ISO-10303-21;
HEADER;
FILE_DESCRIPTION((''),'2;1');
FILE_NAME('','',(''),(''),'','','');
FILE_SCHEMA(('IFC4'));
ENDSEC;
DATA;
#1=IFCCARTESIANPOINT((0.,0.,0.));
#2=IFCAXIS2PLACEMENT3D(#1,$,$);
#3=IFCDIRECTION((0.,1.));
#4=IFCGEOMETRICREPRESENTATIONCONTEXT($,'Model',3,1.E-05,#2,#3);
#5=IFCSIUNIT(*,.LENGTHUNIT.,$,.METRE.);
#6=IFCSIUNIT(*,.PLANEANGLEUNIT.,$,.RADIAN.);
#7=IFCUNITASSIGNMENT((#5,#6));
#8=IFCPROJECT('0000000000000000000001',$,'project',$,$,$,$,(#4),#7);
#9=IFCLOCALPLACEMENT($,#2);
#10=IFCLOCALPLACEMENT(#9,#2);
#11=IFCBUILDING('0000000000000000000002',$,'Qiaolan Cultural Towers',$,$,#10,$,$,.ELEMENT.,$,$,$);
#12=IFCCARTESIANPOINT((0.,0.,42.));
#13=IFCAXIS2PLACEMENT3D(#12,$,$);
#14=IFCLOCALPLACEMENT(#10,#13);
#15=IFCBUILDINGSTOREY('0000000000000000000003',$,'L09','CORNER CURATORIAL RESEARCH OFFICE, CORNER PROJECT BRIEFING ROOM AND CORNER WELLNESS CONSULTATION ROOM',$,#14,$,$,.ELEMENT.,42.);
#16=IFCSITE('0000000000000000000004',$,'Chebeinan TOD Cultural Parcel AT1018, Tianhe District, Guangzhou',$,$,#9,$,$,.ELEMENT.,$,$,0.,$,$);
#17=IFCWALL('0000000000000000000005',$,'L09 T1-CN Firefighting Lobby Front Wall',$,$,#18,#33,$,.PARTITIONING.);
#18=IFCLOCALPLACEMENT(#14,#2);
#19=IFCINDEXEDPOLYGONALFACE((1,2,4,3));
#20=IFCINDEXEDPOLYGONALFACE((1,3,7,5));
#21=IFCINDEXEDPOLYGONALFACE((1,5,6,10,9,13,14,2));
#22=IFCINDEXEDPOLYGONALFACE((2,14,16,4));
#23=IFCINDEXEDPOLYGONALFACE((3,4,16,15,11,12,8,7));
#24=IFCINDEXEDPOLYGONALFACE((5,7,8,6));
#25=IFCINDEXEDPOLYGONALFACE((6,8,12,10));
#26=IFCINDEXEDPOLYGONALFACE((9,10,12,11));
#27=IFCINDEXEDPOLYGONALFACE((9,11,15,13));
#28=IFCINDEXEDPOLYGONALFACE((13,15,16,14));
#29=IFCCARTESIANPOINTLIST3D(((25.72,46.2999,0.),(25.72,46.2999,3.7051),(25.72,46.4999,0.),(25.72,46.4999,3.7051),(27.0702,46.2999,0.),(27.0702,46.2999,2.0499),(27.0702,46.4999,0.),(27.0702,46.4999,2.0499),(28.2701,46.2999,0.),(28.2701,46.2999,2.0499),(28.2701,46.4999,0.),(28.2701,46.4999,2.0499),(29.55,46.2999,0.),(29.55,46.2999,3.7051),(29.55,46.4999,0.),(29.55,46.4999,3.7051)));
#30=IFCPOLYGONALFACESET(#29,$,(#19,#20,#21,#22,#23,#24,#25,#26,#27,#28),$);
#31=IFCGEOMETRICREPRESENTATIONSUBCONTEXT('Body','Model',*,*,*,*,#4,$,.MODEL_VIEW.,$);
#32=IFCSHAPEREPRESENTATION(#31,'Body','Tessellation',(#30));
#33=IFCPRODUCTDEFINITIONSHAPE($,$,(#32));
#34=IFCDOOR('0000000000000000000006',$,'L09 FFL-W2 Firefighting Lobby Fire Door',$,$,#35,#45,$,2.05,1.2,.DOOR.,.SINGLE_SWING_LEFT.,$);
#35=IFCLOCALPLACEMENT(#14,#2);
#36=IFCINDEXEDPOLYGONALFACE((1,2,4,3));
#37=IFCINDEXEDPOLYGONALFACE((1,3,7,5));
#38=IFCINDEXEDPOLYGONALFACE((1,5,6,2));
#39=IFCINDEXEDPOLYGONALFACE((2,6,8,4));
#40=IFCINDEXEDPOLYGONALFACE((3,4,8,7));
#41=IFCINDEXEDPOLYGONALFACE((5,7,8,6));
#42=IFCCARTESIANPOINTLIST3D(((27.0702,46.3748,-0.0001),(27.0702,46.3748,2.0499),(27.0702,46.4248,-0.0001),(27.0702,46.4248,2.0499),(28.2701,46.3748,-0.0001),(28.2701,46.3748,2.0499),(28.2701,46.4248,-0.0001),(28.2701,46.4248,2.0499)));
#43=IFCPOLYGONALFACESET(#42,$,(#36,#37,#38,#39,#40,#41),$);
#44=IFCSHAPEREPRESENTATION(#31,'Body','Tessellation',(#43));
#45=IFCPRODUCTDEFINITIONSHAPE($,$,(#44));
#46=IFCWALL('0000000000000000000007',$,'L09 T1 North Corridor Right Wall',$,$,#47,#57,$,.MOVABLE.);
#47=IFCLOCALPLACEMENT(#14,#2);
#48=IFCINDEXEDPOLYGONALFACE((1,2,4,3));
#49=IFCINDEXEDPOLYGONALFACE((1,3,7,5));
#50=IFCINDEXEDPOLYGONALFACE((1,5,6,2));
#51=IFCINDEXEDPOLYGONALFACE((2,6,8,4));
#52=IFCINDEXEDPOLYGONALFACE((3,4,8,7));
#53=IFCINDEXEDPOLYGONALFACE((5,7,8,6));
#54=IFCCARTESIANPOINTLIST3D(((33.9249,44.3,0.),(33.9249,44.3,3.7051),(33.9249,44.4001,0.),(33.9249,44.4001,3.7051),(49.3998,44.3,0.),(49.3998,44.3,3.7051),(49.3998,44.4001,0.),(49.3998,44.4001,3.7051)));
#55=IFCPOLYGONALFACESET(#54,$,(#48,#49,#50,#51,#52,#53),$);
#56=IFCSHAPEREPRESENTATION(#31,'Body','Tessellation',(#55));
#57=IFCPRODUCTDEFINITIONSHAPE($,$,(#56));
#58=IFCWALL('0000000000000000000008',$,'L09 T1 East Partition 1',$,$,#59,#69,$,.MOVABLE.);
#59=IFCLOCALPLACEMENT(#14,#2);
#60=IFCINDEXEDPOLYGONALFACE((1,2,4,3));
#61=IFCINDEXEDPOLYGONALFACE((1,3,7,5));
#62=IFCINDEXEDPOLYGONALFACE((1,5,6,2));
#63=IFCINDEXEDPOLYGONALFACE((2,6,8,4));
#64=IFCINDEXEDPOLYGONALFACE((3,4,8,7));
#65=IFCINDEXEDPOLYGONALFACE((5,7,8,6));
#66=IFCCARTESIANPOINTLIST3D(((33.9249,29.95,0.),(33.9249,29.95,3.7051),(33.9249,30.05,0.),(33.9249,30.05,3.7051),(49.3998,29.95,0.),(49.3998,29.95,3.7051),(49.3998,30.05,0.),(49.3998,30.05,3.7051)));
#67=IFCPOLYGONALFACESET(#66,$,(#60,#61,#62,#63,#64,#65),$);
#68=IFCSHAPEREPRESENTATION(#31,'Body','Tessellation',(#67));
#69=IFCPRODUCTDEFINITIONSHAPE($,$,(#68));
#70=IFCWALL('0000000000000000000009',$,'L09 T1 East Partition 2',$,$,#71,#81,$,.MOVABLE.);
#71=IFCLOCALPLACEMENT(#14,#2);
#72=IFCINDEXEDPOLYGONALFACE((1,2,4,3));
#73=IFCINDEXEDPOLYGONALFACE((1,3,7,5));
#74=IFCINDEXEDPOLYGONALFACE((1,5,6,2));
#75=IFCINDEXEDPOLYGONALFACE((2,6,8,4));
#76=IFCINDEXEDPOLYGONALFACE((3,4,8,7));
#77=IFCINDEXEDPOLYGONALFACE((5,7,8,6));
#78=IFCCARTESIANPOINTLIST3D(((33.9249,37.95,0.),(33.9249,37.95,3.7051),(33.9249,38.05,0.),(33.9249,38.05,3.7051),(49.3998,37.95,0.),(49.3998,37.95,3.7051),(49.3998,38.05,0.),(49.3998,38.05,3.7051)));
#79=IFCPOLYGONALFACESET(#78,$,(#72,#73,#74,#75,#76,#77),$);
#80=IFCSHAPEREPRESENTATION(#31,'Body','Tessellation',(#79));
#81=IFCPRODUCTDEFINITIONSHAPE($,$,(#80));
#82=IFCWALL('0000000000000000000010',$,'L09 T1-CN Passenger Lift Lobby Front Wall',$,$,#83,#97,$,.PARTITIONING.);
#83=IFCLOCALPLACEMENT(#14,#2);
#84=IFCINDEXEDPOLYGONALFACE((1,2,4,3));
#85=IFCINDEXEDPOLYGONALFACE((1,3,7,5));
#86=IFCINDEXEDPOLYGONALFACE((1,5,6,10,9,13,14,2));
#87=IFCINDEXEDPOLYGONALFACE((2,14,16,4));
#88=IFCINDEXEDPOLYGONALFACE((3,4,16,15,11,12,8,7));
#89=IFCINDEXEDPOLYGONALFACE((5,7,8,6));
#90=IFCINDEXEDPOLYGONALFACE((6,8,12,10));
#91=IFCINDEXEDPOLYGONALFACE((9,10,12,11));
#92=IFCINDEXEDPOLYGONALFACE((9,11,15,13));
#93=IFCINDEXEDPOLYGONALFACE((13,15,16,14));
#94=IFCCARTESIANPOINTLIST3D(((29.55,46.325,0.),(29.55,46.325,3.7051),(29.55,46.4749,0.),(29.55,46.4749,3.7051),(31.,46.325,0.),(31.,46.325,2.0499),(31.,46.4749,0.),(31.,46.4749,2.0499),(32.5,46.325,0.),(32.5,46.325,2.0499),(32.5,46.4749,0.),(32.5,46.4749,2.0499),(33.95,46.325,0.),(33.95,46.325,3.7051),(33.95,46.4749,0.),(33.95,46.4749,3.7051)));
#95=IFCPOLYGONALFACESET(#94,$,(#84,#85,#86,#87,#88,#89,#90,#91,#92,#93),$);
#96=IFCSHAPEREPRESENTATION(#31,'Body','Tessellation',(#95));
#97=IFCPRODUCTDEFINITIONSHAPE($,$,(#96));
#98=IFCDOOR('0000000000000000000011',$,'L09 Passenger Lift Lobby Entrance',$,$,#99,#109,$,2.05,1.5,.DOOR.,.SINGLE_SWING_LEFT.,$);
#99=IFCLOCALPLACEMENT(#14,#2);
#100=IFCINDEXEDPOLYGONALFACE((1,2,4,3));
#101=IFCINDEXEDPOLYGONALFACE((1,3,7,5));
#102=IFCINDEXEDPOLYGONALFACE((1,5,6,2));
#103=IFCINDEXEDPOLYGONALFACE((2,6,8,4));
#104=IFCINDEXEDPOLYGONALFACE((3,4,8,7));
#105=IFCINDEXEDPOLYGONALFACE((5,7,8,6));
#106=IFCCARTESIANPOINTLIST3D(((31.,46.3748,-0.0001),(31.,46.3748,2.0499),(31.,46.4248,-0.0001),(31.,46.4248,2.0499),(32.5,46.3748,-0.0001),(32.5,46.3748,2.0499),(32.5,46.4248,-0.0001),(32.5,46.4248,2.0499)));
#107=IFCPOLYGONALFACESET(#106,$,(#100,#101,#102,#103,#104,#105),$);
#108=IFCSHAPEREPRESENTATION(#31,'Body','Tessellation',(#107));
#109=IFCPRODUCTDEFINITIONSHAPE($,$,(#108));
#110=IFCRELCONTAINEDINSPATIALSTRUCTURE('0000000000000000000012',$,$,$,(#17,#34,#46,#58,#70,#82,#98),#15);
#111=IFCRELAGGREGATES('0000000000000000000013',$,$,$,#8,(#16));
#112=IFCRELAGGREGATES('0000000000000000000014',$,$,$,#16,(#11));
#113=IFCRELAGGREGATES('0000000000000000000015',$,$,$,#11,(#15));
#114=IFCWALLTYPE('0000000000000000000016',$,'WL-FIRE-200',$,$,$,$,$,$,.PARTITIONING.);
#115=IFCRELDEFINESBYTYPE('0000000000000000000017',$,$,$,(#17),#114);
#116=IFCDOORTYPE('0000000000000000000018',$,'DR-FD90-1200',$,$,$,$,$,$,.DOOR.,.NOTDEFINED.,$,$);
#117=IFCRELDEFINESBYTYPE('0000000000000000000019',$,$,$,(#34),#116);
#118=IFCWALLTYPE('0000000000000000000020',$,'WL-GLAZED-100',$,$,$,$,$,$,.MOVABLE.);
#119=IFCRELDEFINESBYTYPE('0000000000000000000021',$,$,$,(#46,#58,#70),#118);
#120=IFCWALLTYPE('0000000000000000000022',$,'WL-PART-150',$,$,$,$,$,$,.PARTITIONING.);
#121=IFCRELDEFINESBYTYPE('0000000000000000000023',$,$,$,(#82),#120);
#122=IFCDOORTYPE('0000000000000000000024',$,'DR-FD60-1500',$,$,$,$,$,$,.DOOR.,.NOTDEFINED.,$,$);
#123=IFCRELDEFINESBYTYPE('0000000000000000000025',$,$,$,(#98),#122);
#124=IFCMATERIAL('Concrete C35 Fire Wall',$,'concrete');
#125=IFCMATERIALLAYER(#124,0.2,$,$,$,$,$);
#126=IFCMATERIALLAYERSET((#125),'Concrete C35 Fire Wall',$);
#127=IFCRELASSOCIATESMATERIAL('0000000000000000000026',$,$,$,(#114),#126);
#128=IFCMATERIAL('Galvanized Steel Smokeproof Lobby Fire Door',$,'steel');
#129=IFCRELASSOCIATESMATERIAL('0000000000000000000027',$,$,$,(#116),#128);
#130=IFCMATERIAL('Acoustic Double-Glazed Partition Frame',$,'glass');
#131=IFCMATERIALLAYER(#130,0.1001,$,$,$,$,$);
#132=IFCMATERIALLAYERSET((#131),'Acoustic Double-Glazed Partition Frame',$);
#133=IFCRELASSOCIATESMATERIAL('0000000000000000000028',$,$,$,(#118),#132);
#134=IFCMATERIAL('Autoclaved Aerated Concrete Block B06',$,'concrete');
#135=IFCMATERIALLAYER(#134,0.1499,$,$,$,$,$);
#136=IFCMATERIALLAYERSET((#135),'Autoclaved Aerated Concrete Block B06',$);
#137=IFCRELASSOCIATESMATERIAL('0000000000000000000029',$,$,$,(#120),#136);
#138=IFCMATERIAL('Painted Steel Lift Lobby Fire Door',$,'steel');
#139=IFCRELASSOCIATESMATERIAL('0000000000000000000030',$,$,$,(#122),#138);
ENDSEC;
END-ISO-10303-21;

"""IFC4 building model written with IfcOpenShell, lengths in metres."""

from ifc_helpers import new_model, si_unit, direction, frame, frame_2d, origin, place, context, subcontext, project, spatial, rectangle, extrude, material, layer, layer_set, type_object, element, fill, save


model = new_model("IFC4")

# Units and contexts
model_context = context("Model", 3, precision=1e-05, world=origin(), true_north=direction((0.0, 1.0)))
body_context = subcontext(model_context, "Body", "Model", "MODEL_VIEW")
ifc_project = project(units=[si_unit("LENGTHUNIT", "METRE"), si_unit("PLANEANGLEUNIT", "RADIAN")], contexts=[model_context])

# Site, building, storey
site_placement = place(None, origin())
site = spatial("IfcSite", under=ifc_project, at=site_placement, Name="Chebeinan TOD Cultural Parcel AT1018, Tianhe District, Guangzhou", CompositionType="ELEMENT", RefElevation=0.0)
building_placement = place(site_placement, origin())
building = spatial("IfcBuilding", under=site, at=building_placement, Name="Qiaolan Cultural Towers", CompositionType="ELEMENT")
storey_placement = place(building_placement, frame((0.0, 0.0, 42.0)))
storey = spatial("IfcBuildingStorey", under=building, at=storey_placement, Name="L09", Description="CORNER CURATORIAL RESEARCH OFFICE, CORNER PROJECT BRIEFING ROOM AND CORNER WELLNESS CONSULTATION ROOM", CompositionType="ELEMENT", Elevation=42.0)

# Shared definitions
ifc_material_1 = material(Name="Concrete C35 Fire Wall", Category="concrete")
ifc_layer_1 = layer(ifc_material_1, 0.2)
ifc_layer_set_1 = layer_set([ifc_layer_1], Name="Concrete C35 Fire Wall")
wall_type_1 = type_object("IfcWallType", Name="WL-FIRE-200", PredefinedType="PARTITIONING", material=ifc_layer_set_1)

# Wall, opening, door
wall_1_placement = place(storey_placement, frame((25.72, 46.3999, 0.0), z_axis=(0.0, 0.0, 1.0), x_axis=(1.0, 0.0, 0.0)))
wall_1 = element("IfcWall", 1, at=wall_1_placement, inside=storey, type_object=wall_type_1, Name="L09 T1-CN Firefighting Lobby Front Wall", PredefinedType="PARTITIONING", context=body_context, shape_type="SweptSolid", body=[
    extrude(rectangle(XDim=3.8301, YDim=0.2, at=frame_2d((1.915, 0.0))), origin(), (0.0, 0.0, 1.0), 3.7051),
])
opening_1_placement = place(wall_1_placement, frame((1.3501, 0.0, 0.0)))
opening_1 = element("IfcOpeningElement", 2, at=opening_1_placement, cuts=wall_1, PredefinedType="OPENING", context=body_context, shape_type="SweptSolid", body=[
    extrude(rectangle(XDim=1.2, YDim=2.05, at=frame_2d((0.6001, 1.0249))), frame((0.0, 0.1099, 0.0), z_axis=(0.0, -1.0, 0.0), x_axis=(1.0, 0.0, 0.0)), (0.0, 0.0, 1.0), 0.22),
])
ifc_material_2 = material(Name="Galvanized Steel Smokeproof Lobby Fire Door", Category="steel")
door_type_1 = type_object("IfcDoorType", Name="DR-FD90-1200", OperationType="NOTDEFINED", PredefinedType="DOOR", material=ifc_material_2)
door_1_placement = place(opening_1_placement, origin())
door_1 = element("IfcDoor", 3, at=door_1_placement, inside=storey, type_object=door_type_1, Name="L09 FFL-W2 Firefighting Lobby Fire Door", OperationType="SINGLE_SWING_LEFT", OverallHeight=2.05, OverallWidth=1.2, PredefinedType="DOOR", context=body_context, shape_type="SweptSolid", body=[
    extrude(rectangle(XDim=1.2, YDim=2.05, at=frame_2d((0.6001, 1.0249))), frame((0.0, 0.0249, 0.0), z_axis=(0.0, -1.0, 0.0), x_axis=(1.0, 0.0, 0.0)), (0.0, 0.0, 1.0), 0.05),
])
fill(opening_1, door_1)

# Walls
ifc_material_3 = material(Name="Acoustic Double-Glazed Partition Frame", Category="glass")
ifc_layer_2 = layer(ifc_material_3, 0.1001)
ifc_layer_set_2 = layer_set([ifc_layer_2], Name="Acoustic Double-Glazed Partition Frame")
wall_type_2 = type_object("IfcWallType", Name="WL-GLAZED-100", PredefinedType="MOVABLE", material=ifc_layer_set_2)
for number, where, z_axis, x_axis, name in (
    (4, (33.925, 44.3501, 0.0), (0.0, 0.0, 1.0), (1.0, 0.0, 0.0), "L09 T1 North Corridor Right Wall"),
    (5, (33.925, 30.0, 0.0), (0.0, 0.0, 1.0), (1.0, 0.0, 0.0), "L09 T1 East Partition 1"),
    (6, (33.925, 38.0, 0.0), (0.0, 0.0, 1.0), (1.0, 0.0, 0.0), "L09 T1 East Partition 2"),
):
    element("IfcWall", number, at=place(storey_placement, frame(where, z_axis=z_axis, x_axis=x_axis)), inside=storey, type_object=wall_type_2, Name=name, PredefinedType="MOVABLE", context=body_context, shape_type="SweptSolid", body=[
        extrude(rectangle(XDim=15.4749, YDim=0.1001, at=frame_2d((7.7373, 0.0))), origin(), (0.0, 0.0, 1.0), 3.7051),
    ])

# Wall, opening, door
ifc_material_4 = material(Name="Autoclaved Aerated Concrete Block B06", Category="concrete")
ifc_layer_3 = layer(ifc_material_4, 0.1499)
ifc_layer_set_3 = layer_set([ifc_layer_3], Name="Autoclaved Aerated Concrete Block B06")
wall_type_3 = type_object("IfcWallType", Name="WL-PART-150", PredefinedType="PARTITIONING", material=ifc_layer_set_3)
wall_2_placement = place(storey_placement, frame((29.55, 46.3999, 0.0), z_axis=(0.0, 0.0, 1.0), x_axis=(1.0, 0.0, 0.0)))
wall_2 = element("IfcWall", 7, at=wall_2_placement, inside=storey, type_object=wall_type_3, Name="L09 T1-CN Passenger Lift Lobby Front Wall", PredefinedType="PARTITIONING", context=body_context, shape_type="SweptSolid", body=[
    extrude(rectangle(XDim=4.3999, YDim=0.1499, at=frame_2d((2.2, 0.0))), origin(), (0.0, 0.0, 1.0), 3.7051),
])
opening_2_placement = place(wall_2_placement, frame((1.45, 0.0, 0.0)))
opening_2 = element("IfcOpeningElement", 8, at=opening_2_placement, cuts=wall_2, PredefinedType="OPENING", context=body_context, shape_type="SweptSolid", body=[
    extrude(rectangle(XDim=1.5, YDim=2.05, at=frame_2d((0.75, 1.0249))), frame((0.0, 0.085, 0.0), z_axis=(0.0, -1.0, 0.0), x_axis=(1.0, 0.0, 0.0)), (0.0, 0.0, 1.0), 0.1699),
])
ifc_material_5 = material(Name="Painted Steel Lift Lobby Fire Door", Category="steel")
door_type_2 = type_object("IfcDoorType", Name="DR-FD60-1500", OperationType="NOTDEFINED", PredefinedType="DOOR", material=ifc_material_5)
door_2_placement = place(opening_2_placement, origin())
door_2 = element("IfcDoor", 9, at=door_2_placement, inside=storey, type_object=door_type_2, Name="L09 Passenger Lift Lobby Entrance", OperationType="SINGLE_SWING_LEFT", OverallHeight=2.05, OverallWidth=1.5, PredefinedType="DOOR", context=body_context, shape_type="SweptSolid", body=[
    extrude(rectangle(XDim=1.5, YDim=2.05, at=frame_2d((0.75, 1.0249))), frame((0.0, 0.0249, 0.0), z_axis=(0.0, -1.0, 0.0), x_axis=(1.0, 0.0, 0.0)), (0.0, 0.0, 1.0), 0.05),
])
fill(opening_2, door_2)

save(model, "model.ifc")
